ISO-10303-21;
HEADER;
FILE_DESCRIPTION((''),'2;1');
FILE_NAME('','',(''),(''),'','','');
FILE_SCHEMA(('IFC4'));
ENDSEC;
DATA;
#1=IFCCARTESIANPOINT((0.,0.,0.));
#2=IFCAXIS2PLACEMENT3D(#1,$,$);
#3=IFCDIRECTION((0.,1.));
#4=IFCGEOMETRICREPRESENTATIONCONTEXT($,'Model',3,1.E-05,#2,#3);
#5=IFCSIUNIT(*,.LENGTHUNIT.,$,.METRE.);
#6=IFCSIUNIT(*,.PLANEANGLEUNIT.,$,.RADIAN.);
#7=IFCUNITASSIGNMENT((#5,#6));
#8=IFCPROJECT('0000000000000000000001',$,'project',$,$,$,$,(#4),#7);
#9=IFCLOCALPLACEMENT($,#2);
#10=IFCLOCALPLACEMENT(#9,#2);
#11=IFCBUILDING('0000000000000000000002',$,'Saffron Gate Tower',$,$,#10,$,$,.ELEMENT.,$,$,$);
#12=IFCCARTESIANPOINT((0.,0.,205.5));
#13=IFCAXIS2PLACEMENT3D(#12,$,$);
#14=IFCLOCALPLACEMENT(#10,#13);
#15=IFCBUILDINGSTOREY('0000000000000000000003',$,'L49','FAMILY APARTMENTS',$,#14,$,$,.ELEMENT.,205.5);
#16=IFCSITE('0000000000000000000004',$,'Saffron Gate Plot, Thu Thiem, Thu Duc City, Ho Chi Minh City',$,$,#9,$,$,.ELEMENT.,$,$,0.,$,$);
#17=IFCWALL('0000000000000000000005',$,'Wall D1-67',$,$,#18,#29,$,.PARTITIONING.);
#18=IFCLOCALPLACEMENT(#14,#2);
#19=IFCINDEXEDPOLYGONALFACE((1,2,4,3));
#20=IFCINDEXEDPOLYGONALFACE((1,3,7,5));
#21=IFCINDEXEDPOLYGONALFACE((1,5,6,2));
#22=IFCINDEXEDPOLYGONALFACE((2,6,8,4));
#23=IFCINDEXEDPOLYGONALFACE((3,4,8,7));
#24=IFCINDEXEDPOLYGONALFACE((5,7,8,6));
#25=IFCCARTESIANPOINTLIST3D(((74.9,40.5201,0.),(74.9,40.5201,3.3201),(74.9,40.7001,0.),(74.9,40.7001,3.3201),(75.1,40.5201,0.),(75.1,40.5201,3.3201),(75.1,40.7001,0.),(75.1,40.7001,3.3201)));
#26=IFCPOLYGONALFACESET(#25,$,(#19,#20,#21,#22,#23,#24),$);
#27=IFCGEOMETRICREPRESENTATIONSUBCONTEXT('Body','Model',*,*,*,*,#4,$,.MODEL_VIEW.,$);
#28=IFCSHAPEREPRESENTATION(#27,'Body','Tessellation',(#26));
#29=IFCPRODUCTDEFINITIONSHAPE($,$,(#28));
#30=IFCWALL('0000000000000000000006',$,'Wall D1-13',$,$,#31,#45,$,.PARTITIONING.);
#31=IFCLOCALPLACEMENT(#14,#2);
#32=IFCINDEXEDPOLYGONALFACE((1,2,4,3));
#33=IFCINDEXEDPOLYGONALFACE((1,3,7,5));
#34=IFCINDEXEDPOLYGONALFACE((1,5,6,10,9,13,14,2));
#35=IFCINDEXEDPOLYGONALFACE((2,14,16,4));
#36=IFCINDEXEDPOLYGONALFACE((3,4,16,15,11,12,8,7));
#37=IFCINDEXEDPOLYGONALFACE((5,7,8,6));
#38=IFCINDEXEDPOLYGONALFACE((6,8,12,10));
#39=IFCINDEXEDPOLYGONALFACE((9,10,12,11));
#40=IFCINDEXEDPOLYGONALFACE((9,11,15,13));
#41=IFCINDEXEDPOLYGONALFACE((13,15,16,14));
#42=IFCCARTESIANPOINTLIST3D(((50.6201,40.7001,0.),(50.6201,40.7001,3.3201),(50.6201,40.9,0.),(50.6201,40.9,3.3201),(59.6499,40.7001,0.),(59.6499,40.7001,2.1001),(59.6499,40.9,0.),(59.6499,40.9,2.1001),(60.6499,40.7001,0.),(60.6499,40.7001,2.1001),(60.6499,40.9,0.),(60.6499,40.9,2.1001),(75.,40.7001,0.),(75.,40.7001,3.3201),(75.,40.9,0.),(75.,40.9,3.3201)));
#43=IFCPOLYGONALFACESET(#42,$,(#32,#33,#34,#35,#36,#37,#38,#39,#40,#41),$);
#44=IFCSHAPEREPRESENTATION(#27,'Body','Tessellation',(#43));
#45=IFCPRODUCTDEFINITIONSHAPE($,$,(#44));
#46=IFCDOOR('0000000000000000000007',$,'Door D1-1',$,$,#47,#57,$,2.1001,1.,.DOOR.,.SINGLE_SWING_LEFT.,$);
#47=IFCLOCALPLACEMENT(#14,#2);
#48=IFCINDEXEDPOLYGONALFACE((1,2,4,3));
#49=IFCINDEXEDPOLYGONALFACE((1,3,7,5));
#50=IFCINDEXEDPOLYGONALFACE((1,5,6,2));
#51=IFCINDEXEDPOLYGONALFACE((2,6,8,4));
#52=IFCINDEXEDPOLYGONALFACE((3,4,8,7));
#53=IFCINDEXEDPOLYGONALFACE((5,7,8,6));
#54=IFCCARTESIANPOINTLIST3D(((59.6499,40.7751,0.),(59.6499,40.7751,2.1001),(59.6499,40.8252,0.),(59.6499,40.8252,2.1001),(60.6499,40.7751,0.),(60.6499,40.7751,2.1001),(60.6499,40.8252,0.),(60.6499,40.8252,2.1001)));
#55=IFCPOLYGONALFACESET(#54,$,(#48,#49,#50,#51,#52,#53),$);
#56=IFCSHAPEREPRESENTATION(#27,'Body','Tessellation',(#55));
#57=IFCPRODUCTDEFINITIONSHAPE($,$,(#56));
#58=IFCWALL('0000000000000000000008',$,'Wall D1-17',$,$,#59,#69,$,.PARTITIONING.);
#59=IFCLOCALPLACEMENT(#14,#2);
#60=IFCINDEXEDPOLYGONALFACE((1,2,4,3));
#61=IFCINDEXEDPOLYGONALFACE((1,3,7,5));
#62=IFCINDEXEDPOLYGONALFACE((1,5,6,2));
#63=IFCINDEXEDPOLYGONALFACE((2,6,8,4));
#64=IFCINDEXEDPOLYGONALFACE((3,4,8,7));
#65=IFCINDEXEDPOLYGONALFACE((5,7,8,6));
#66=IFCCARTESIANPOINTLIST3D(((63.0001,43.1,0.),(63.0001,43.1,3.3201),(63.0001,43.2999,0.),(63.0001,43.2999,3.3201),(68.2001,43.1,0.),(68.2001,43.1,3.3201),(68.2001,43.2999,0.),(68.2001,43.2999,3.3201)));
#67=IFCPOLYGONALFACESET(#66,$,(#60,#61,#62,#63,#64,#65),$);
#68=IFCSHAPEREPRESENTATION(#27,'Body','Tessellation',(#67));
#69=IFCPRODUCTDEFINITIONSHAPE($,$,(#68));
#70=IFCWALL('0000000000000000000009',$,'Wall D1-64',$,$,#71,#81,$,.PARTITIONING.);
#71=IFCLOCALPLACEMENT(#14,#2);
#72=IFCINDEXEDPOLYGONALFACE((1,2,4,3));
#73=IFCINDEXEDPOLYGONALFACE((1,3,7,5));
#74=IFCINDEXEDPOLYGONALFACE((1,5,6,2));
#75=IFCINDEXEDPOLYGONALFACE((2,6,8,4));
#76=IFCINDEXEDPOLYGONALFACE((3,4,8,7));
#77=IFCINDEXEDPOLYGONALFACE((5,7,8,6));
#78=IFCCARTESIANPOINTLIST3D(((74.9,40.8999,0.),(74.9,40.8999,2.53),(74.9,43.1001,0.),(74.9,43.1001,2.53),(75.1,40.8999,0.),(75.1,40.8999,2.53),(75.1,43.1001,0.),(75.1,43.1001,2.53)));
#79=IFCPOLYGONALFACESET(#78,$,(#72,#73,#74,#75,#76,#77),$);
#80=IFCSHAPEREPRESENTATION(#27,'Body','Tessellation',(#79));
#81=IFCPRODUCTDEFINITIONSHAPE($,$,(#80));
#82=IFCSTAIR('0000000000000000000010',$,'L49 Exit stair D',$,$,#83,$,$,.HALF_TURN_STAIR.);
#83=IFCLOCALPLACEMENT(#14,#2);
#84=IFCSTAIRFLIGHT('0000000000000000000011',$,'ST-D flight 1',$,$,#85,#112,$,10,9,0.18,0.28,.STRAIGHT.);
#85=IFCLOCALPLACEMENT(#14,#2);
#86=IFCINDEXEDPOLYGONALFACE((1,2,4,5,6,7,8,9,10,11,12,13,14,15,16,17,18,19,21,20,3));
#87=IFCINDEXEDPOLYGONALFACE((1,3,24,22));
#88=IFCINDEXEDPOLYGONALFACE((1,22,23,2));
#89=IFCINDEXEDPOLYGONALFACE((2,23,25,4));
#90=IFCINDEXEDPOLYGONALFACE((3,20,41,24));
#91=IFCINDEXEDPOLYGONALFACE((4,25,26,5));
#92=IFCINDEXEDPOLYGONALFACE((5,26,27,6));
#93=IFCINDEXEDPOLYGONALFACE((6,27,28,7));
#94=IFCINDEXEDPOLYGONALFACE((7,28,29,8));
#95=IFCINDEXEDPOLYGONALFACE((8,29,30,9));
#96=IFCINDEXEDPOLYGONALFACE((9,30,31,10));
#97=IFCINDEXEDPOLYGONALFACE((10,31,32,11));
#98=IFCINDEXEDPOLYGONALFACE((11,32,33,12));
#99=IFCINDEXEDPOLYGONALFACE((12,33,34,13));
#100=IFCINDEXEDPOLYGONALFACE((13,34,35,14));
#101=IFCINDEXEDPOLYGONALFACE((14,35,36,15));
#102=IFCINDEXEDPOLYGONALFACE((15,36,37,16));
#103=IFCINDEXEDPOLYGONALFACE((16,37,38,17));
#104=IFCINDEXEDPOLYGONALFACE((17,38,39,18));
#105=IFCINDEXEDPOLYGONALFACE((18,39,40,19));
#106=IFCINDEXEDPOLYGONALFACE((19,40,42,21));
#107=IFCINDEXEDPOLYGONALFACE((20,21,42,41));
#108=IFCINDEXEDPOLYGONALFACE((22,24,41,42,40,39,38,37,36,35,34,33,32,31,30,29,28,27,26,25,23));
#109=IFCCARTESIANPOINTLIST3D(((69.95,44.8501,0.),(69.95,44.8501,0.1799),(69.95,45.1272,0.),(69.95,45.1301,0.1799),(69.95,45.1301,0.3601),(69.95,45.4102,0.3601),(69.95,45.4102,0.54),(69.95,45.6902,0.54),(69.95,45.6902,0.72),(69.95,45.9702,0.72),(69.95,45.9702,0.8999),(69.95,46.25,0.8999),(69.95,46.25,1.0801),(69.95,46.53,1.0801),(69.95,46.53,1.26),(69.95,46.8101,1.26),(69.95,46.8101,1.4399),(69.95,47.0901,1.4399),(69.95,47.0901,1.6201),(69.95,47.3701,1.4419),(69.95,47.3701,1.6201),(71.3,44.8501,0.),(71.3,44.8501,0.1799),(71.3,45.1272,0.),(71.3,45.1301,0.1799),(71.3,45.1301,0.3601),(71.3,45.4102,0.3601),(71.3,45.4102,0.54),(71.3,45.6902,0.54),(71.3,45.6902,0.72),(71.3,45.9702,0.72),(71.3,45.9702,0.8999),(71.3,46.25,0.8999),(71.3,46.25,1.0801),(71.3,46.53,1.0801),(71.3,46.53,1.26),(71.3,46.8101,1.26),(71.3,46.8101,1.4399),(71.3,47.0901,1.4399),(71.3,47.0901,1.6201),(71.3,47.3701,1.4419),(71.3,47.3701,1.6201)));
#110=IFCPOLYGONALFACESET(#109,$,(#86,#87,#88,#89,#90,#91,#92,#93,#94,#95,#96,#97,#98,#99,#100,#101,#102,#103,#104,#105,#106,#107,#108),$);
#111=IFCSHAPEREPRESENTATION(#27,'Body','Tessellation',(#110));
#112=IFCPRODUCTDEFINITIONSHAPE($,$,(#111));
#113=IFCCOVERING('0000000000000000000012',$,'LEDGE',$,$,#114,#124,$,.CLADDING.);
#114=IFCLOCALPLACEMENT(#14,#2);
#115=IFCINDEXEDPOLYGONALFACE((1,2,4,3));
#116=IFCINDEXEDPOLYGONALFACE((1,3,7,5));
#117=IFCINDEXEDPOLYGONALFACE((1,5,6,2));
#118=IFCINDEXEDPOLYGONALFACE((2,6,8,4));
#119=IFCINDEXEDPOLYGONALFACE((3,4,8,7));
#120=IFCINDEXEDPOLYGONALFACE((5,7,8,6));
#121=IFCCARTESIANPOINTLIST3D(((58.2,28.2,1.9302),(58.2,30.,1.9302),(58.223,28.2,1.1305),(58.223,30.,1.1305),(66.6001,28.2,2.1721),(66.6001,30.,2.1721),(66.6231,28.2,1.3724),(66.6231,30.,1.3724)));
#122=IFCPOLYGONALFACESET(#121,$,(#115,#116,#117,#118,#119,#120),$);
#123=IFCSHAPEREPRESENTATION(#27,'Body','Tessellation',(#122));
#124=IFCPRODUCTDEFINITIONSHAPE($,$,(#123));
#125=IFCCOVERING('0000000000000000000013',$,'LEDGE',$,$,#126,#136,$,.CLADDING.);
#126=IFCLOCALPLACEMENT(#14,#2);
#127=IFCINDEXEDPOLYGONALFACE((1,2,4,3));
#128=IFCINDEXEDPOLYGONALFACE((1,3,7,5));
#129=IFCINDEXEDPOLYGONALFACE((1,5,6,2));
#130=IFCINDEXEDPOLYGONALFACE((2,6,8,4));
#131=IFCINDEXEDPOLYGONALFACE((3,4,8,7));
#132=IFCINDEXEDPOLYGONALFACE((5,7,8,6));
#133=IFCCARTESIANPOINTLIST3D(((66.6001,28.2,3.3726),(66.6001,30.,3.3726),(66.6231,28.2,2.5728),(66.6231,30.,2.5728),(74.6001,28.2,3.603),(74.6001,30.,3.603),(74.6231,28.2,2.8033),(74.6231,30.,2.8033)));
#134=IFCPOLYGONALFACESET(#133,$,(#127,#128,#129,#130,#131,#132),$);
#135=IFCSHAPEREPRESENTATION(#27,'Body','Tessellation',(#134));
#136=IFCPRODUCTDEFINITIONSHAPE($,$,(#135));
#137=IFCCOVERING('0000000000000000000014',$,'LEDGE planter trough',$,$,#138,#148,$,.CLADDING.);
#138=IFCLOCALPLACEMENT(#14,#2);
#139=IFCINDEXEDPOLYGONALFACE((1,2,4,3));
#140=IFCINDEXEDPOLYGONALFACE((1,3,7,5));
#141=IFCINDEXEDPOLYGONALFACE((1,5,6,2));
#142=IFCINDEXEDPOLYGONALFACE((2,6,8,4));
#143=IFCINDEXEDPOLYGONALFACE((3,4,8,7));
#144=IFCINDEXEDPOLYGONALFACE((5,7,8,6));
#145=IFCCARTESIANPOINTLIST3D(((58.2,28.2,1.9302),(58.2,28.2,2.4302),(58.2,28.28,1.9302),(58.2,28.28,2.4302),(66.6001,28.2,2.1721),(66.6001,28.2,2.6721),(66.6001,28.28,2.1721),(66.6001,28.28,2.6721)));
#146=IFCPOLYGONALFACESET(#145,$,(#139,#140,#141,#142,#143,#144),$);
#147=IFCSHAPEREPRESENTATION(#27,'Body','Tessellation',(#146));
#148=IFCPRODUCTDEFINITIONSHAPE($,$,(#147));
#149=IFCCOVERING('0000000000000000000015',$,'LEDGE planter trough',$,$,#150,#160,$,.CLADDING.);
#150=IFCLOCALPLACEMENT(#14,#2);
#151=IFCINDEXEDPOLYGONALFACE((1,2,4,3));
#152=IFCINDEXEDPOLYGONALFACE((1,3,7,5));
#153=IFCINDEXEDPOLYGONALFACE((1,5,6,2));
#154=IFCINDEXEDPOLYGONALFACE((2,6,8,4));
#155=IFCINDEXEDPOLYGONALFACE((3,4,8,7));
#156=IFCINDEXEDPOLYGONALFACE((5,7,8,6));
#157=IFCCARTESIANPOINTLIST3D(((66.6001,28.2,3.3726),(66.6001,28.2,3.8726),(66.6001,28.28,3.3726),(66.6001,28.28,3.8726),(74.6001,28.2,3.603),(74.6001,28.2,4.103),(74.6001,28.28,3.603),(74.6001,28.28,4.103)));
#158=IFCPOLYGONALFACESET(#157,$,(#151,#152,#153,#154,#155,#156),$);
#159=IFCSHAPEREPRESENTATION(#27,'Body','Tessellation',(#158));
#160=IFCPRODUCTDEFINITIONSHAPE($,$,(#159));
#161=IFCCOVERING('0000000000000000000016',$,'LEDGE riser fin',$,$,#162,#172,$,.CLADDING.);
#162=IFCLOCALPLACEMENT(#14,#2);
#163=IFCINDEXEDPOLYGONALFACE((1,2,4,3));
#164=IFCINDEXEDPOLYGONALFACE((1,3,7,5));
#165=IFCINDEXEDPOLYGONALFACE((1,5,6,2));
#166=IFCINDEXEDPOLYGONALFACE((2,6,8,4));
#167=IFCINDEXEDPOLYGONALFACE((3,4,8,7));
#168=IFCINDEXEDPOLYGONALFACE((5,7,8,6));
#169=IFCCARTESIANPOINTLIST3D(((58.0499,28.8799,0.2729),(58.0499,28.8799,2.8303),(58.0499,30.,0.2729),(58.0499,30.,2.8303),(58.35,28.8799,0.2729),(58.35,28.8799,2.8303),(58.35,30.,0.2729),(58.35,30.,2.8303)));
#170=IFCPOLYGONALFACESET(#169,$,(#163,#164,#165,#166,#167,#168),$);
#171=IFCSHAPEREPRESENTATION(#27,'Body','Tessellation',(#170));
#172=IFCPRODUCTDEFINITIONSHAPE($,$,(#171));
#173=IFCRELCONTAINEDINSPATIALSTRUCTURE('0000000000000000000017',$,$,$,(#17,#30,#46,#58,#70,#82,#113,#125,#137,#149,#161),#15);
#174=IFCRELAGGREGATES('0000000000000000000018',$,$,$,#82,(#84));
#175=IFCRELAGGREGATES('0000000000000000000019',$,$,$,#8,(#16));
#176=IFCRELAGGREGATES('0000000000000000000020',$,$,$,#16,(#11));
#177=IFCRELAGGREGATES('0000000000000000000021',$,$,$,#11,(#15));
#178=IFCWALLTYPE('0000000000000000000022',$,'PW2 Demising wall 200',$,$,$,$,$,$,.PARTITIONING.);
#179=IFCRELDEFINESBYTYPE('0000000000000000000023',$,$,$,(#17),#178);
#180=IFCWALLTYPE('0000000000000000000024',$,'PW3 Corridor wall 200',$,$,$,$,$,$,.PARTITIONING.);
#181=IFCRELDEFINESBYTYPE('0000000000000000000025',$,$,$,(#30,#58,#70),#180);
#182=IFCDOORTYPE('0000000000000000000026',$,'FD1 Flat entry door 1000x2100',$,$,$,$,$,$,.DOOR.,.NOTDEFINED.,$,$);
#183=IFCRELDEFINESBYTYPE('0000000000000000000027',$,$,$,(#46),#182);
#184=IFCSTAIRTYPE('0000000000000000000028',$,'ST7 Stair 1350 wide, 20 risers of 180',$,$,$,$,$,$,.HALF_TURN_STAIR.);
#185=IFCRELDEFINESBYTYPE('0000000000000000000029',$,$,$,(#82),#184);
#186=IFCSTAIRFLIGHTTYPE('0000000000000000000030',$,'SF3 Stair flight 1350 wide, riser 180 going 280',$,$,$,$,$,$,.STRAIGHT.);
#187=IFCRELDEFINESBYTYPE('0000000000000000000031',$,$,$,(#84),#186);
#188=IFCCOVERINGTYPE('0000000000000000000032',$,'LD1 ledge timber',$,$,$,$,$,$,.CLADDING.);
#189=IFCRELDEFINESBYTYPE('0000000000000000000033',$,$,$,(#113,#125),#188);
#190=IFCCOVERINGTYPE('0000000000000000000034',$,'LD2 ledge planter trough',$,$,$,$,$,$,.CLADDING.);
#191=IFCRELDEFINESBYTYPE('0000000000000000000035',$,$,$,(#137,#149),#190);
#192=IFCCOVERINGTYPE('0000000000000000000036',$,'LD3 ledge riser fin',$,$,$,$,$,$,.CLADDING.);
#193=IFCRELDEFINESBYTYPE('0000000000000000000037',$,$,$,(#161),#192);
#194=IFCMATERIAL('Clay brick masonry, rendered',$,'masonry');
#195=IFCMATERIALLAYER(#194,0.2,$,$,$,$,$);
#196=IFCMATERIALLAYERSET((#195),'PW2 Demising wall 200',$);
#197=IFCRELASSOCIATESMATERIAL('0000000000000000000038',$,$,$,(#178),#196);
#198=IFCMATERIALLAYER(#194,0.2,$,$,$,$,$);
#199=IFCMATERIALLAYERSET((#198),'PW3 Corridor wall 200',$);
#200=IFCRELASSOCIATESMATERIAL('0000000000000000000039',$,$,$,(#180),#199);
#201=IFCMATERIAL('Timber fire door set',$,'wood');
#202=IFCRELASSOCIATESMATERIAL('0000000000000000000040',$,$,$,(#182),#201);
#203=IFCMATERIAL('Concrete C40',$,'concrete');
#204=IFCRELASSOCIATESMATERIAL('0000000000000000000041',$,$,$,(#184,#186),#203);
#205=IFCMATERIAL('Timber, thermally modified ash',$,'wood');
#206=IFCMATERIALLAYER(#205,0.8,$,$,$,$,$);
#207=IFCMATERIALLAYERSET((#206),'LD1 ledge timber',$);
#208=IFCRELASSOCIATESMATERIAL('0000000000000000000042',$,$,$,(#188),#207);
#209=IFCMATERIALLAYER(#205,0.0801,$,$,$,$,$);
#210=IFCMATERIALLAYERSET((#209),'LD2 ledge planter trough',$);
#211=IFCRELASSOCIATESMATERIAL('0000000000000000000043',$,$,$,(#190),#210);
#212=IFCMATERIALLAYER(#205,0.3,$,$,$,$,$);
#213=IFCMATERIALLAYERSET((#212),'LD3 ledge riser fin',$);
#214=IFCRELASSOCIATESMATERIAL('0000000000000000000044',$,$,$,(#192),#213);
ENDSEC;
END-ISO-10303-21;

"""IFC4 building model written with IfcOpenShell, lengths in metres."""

from ifc_helpers import new_model, si_unit, direction, frame, frame_2d, origin, origin_2d, place, context, subcontext, project, spatial, polyline, rectangle, outline, extrude, material, layer, layer_set, type_object, element, fill, aggregate, save


model = new_model("IFC4")

# Units and contexts
model_context = context("Model", 3, precision=1e-05, world=origin(), true_north=direction((0.0, 1.0)))
body_context = subcontext(model_context, "Body", "Model", "MODEL_VIEW")
ifc_project = project(units=[si_unit("LENGTHUNIT", "METRE"), si_unit("PLANEANGLEUNIT", "RADIAN")], contexts=[model_context])

# Site, building, storey
site_placement = place(None, origin())
site = spatial("IfcSite", under=ifc_project, at=site_placement, Name="Saffron Gate Plot, Thu Thiem, Thu Duc City, Ho Chi Minh City", CompositionType="ELEMENT", RefElevation=0.0)
building_placement = place(site_placement, origin())
building = spatial("IfcBuilding", under=site, at=building_placement, Name="Saffron Gate Tower", CompositionType="ELEMENT")
storey_placement = place(building_placement, frame((0.0, 0.0, 205.5)))
storey = spatial("IfcBuildingStorey", under=building, at=storey_placement, Name="L49", Description="FAMILY APARTMENTS", CompositionType="ELEMENT", Elevation=205.5)

# Wall
ifc_material_1 = material(Name="Clay brick masonry, rendered", Category="masonry")
ifc_layer_1 = layer(ifc_material_1, 0.2)
ifc_layer_set_1 = layer_set([ifc_layer_1], Name="PW2 Demising wall 200")
wall_type_1 = type_object("IfcWallType", Name="PW2 Demising wall 200", PredefinedType="PARTITIONING", material=ifc_layer_set_1)
wall_1_placement = place(storey_placement, frame((75.0, 40.7, 0.0), z_axis=(0.0, 0.0, 1.0), x_axis=(0.0, -1.0, 0.0)))
element("IfcWall", 1, at=wall_1_placement, inside=storey, type_object=wall_type_1, Name="Wall D1-67", PredefinedType="PARTITIONING", context=body_context, shape_type="SweptSolid", body=[
    extrude(rectangle(XDim=0.1799, YDim=0.2, at=frame_2d((0.0898, 0.0))), origin(), (0.0, 0.0, 1.0), 3.3201),
])

# Wall, opening, door
ifc_layer_2 = layer(ifc_material_1, 0.2)
ifc_layer_set_2 = layer_set([ifc_layer_2], Name="PW3 Corridor wall 200")
wall_type_2 = type_object("IfcWallType", Name="PW3 Corridor wall 200", PredefinedType="PARTITIONING", material=ifc_layer_set_2)
wall_2_placement = place(storey_placement, frame((75.0, 40.8, 0.0), z_axis=(0.0, 0.0, 1.0), x_axis=(-1.0, 0.0, 0.0)))
wall_2 = element("IfcWall", 2, at=wall_2_placement, inside=storey, type_object=wall_type_2, Name="Wall D1-13", PredefinedType="PARTITIONING", context=body_context, shape_type="SweptSolid", body=[
    extrude(rectangle(XDim=24.3799, YDim=0.2, at=frame_2d((12.1899, 0.0))), origin(), (0.0, 0.0, 1.0), 3.3201),
])
opening_1_placement = place(wall_2_placement, frame((14.3501, 0.0, 0.0)))
opening_1 = element("IfcOpeningElement", 3, at=opening_1_placement, cuts=wall_2, PredefinedType="OPENING", context=body_context, shape_type="SweptSolid", body=[
    extrude(rectangle(XDim=1.0, YDim=2.1001, at=frame_2d((0.5, 1.05))), frame((0.0, 0.1099, 0.0), z_axis=(0.0, -1.0, 0.0), x_axis=(1.0, 0.0, 0.0)), (0.0, 0.0, 1.0), 0.22),
])
ifc_material_2 = material(Name="Timber fire door set", Category="wood")
door_type_1 = type_object("IfcDoorType", Name="FD1 Flat entry door 1000x2100", OperationType="NOTDEFINED", PredefinedType="DOOR", material=ifc_material_2)
door_1_placement = place(opening_1_placement, origin())
door_1 = element("IfcDoor", 4, at=door_1_placement, inside=storey, type_object=door_type_1, Name="Door D1-1", OperationType="SINGLE_SWING_LEFT", OverallHeight=2.1001, OverallWidth=1.0, PredefinedType="DOOR", context=body_context, shape_type="SweptSolid", body=[
    extrude(rectangle(XDim=1.0, YDim=2.1001, at=frame_2d((0.5, 1.05))), frame((0.0, 0.0249, 0.0), z_axis=(0.0, -1.0, 0.0), x_axis=(1.0, 0.0, 0.0)), (0.0, 0.0, 1.0), 0.05),
])
fill(opening_1, door_1)

# Walls
wall_3_placement = place(storey_placement, frame((63.0, 43.2, 0.0), z_axis=(0.0, 0.0, 1.0), x_axis=(1.0, 0.0, 0.0)))
element("IfcWall", 5, at=wall_3_placement, inside=storey, type_object=wall_type_2, Name="Wall D1-17", PredefinedType="PARTITIONING", context=body_context, shape_type="SweptSolid", body=[
    extrude(rectangle(XDim=5.2, YDim=0.2, at=frame_2d((2.6001, 0.0))), origin(), (0.0, 0.0, 1.0), 3.3201),
])
wall_4_placement = place(storey_placement, frame((75.0, 43.1001, 0.0), z_axis=(0.0, 0.0, 1.0), x_axis=(0.0, -1.0, 0.0)))
element("IfcWall", 6, at=wall_4_placement, inside=storey, type_object=wall_type_2, Name="Wall D1-64", PredefinedType="PARTITIONING", context=body_context, shape_type="SweptSolid", body=[
    extrude(rectangle(XDim=2.2002, YDim=0.2, at=frame_2d((1.1001, 0.0))), origin(), (0.0, 0.0, 1.0), 2.53),
])

# Stair, stair flight
ifc_material_3 = material(Name="Concrete C40", Category="concrete")
stair_type = type_object("IfcStairType", Name="ST7 Stair 1350 wide, 20 risers of 180", PredefinedType="HALF_TURN_STAIR", material=ifc_material_3)
stair_placement = place(storey_placement, origin())
stair = element("IfcStair", 7, at=stair_placement, inside=storey, type_object=stair_type, Name="L49 Exit stair D", PredefinedType="HALF_TURN_STAIR")
stair_flight_type = type_object("IfcStairFlightType", Name="SF3 Stair flight 1350 wide, riser 180 going 280", PredefinedType="STRAIGHT", material=ifc_material_3)
stair_flight_placement = place(storey_placement, frame((70.625, 44.8501, 0.0), z_axis=(0.0, 0.0, 1.0), x_axis=(0.0, 1.0, 0.0)))
stair_flight = element("IfcStairFlight", 8, at=stair_flight_placement, type_object=stair_flight_type, Name="ST-D flight 1", NumberOfRisers=10, NumberOfTreads=9, PredefinedType="STRAIGHT", RiserHeight=0.18, TreadLength=0.28, context=body_context, shape_type="SweptSolid", body=[
    extrude(outline(polyline([(0.0, 0.0), (0.0, 0.1799), (0.28, 0.1799), (0.28, 0.3601), (0.5601, 0.3601), (0.5601, 0.54), (0.8401, 0.54), (0.8401, 0.72), (1.1201, 0.72), (1.1201, 0.8999), (1.3999, 0.8999), (1.3999, 1.0801), (1.6799, 1.0801), (1.6799, 1.26), (1.96, 1.26), (1.96, 1.4399), (2.24, 1.4399), (2.24, 1.6201), (2.52, 1.6201), (2.52, 1.8), (2.52, 1.4419), (0.2771, 0.0), (0.0, 0.0)])), frame((0.0, 0.675, 0.0), z_axis=(0.0, -1.0, 0.0), x_axis=(1.0, 0.0, 0.0)), (0.0, 0.0, 1.0), 1.3501),
])
aggregate(stair, [stair_flight])

# Coverings
ifc_material_4 = material(Name="Timber, thermally modified ash", Category="wood")
ifc_layer_3 = layer(ifc_material_4, 0.8)
ifc_layer_set_3 = layer_set([ifc_layer_3], Name="LD1 ledge timber")
covering_type_1 = type_object("IfcCoveringType", Name="LD1 ledge timber", PredefinedType="CLADDING", material=ifc_layer_set_3)
covering_1_placement = place(storey_placement, frame((58.2, 30.0, 1.9302), z_axis=(-0.02879, 0.0, 0.999585), x_axis=(0.999585, 0.0, 0.02879)))
element("IfcCovering", 9, at=covering_1_placement, inside=storey, type_object=covering_type_1, Name="LEDGE", PredefinedType="CLADDING", context=body_context, shape_type="SweptSolid", body=[
    extrude(outline(polyline([(0.0, 0.0), (8.4036, 0.0), (8.4036, -1.8), (0.0, -1.8), (0.0, 0.0)])), origin(), (0.0, 0.0, -1.0), 0.8),
])
covering_2_placement = place(storey_placement, frame((66.6001, 30.0, 3.3726), z_axis=(-0.028797, 0.0, 0.999585), x_axis=(0.999585, 0.0, 0.028797)))
element("IfcCovering", 10, at=covering_2_placement, inside=storey, type_object=covering_type_1, Name="LEDGE", PredefinedType="CLADDING", context=body_context, shape_type="SweptSolid", body=[
    extrude(outline(polyline([(0.0, 0.0), (8.0033, 0.0), (8.0033, -1.8), (0.0, -1.8), (0.0, 0.0)])), origin(), (0.0, 0.0, -1.0), 0.8),
])
ifc_layer_4 = layer(ifc_material_4, 0.0801)
ifc_layer_set_4 = layer_set([ifc_layer_4], Name="LD2 ledge planter trough")
covering_type_2 = type_object("IfcCoveringType", Name="LD2 ledge planter trough", PredefinedType="CLADDING", material=ifc_layer_set_4)
covering_3_placement = place(storey_placement, frame((58.2, 28.2, 1.9302), z_axis=(0.0, -1.0, 0.0), x_axis=(0.999585, 0.0, 0.02879)))
element("IfcCovering", 11, at=covering_3_placement, inside=storey, type_object=covering_type_2, Name="LEDGE planter trough", PredefinedType="CLADDING", context=body_context, shape_type="SweptSolid", body=[
    extrude(outline(polyline([(0.0, 0.0), (8.4036, 0.0), (8.418, 0.4998), (0.0144, 0.4998), (0.0, 0.0)])), origin(), (0.0, 0.0, -1.0), 0.0801),
])
covering_4_placement = place(storey_placement, frame((66.6001, 28.2, 3.3726), z_axis=(0.0, -1.0, 0.0), x_axis=(0.999585, 0.0, 0.028797)))
element("IfcCovering", 12, at=covering_4_placement, inside=storey, type_object=covering_type_2, Name="LEDGE planter trough", PredefinedType="CLADDING", context=body_context, shape_type="SweptSolid", body=[
    extrude(outline(polyline([(0.0, 0.0), (8.0033, 0.0), (8.0177, 0.4998), (0.0144, 0.4998), (0.0, 0.0)])), origin(), (0.0, 0.0, -1.0), 0.0801),
])
ifc_layer_5 = layer(ifc_material_4, 0.3)
ifc_layer_set_5 = layer_set([ifc_layer_5], Name="LD3 ledge riser fin")
covering_type_3 = type_object("IfcCoveringType", Name="LD3 ledge riser fin", PredefinedType="CLADDING", material=ifc_layer_set_5)
covering_5_placement = place(storey_placement, frame((58.2, 29.4399, 0.2729), z_axis=(0.0, 0.0, 1.0), x_axis=(1.0, 0.0, 0.0)))
element("IfcCovering", 13, at=covering_5_placement, inside=storey, type_object=covering_type_3, Name="LEDGE riser fin", PredefinedType="CLADDING", context=body_context, shape_type="SweptSolid", body=[
    extrude(rectangle(XDim=0.3, YDim=1.1201, at=origin_2d()), origin(), (0.0, 0.0, 1.0), 2.5574),
])

save(model, "model.ifc")
